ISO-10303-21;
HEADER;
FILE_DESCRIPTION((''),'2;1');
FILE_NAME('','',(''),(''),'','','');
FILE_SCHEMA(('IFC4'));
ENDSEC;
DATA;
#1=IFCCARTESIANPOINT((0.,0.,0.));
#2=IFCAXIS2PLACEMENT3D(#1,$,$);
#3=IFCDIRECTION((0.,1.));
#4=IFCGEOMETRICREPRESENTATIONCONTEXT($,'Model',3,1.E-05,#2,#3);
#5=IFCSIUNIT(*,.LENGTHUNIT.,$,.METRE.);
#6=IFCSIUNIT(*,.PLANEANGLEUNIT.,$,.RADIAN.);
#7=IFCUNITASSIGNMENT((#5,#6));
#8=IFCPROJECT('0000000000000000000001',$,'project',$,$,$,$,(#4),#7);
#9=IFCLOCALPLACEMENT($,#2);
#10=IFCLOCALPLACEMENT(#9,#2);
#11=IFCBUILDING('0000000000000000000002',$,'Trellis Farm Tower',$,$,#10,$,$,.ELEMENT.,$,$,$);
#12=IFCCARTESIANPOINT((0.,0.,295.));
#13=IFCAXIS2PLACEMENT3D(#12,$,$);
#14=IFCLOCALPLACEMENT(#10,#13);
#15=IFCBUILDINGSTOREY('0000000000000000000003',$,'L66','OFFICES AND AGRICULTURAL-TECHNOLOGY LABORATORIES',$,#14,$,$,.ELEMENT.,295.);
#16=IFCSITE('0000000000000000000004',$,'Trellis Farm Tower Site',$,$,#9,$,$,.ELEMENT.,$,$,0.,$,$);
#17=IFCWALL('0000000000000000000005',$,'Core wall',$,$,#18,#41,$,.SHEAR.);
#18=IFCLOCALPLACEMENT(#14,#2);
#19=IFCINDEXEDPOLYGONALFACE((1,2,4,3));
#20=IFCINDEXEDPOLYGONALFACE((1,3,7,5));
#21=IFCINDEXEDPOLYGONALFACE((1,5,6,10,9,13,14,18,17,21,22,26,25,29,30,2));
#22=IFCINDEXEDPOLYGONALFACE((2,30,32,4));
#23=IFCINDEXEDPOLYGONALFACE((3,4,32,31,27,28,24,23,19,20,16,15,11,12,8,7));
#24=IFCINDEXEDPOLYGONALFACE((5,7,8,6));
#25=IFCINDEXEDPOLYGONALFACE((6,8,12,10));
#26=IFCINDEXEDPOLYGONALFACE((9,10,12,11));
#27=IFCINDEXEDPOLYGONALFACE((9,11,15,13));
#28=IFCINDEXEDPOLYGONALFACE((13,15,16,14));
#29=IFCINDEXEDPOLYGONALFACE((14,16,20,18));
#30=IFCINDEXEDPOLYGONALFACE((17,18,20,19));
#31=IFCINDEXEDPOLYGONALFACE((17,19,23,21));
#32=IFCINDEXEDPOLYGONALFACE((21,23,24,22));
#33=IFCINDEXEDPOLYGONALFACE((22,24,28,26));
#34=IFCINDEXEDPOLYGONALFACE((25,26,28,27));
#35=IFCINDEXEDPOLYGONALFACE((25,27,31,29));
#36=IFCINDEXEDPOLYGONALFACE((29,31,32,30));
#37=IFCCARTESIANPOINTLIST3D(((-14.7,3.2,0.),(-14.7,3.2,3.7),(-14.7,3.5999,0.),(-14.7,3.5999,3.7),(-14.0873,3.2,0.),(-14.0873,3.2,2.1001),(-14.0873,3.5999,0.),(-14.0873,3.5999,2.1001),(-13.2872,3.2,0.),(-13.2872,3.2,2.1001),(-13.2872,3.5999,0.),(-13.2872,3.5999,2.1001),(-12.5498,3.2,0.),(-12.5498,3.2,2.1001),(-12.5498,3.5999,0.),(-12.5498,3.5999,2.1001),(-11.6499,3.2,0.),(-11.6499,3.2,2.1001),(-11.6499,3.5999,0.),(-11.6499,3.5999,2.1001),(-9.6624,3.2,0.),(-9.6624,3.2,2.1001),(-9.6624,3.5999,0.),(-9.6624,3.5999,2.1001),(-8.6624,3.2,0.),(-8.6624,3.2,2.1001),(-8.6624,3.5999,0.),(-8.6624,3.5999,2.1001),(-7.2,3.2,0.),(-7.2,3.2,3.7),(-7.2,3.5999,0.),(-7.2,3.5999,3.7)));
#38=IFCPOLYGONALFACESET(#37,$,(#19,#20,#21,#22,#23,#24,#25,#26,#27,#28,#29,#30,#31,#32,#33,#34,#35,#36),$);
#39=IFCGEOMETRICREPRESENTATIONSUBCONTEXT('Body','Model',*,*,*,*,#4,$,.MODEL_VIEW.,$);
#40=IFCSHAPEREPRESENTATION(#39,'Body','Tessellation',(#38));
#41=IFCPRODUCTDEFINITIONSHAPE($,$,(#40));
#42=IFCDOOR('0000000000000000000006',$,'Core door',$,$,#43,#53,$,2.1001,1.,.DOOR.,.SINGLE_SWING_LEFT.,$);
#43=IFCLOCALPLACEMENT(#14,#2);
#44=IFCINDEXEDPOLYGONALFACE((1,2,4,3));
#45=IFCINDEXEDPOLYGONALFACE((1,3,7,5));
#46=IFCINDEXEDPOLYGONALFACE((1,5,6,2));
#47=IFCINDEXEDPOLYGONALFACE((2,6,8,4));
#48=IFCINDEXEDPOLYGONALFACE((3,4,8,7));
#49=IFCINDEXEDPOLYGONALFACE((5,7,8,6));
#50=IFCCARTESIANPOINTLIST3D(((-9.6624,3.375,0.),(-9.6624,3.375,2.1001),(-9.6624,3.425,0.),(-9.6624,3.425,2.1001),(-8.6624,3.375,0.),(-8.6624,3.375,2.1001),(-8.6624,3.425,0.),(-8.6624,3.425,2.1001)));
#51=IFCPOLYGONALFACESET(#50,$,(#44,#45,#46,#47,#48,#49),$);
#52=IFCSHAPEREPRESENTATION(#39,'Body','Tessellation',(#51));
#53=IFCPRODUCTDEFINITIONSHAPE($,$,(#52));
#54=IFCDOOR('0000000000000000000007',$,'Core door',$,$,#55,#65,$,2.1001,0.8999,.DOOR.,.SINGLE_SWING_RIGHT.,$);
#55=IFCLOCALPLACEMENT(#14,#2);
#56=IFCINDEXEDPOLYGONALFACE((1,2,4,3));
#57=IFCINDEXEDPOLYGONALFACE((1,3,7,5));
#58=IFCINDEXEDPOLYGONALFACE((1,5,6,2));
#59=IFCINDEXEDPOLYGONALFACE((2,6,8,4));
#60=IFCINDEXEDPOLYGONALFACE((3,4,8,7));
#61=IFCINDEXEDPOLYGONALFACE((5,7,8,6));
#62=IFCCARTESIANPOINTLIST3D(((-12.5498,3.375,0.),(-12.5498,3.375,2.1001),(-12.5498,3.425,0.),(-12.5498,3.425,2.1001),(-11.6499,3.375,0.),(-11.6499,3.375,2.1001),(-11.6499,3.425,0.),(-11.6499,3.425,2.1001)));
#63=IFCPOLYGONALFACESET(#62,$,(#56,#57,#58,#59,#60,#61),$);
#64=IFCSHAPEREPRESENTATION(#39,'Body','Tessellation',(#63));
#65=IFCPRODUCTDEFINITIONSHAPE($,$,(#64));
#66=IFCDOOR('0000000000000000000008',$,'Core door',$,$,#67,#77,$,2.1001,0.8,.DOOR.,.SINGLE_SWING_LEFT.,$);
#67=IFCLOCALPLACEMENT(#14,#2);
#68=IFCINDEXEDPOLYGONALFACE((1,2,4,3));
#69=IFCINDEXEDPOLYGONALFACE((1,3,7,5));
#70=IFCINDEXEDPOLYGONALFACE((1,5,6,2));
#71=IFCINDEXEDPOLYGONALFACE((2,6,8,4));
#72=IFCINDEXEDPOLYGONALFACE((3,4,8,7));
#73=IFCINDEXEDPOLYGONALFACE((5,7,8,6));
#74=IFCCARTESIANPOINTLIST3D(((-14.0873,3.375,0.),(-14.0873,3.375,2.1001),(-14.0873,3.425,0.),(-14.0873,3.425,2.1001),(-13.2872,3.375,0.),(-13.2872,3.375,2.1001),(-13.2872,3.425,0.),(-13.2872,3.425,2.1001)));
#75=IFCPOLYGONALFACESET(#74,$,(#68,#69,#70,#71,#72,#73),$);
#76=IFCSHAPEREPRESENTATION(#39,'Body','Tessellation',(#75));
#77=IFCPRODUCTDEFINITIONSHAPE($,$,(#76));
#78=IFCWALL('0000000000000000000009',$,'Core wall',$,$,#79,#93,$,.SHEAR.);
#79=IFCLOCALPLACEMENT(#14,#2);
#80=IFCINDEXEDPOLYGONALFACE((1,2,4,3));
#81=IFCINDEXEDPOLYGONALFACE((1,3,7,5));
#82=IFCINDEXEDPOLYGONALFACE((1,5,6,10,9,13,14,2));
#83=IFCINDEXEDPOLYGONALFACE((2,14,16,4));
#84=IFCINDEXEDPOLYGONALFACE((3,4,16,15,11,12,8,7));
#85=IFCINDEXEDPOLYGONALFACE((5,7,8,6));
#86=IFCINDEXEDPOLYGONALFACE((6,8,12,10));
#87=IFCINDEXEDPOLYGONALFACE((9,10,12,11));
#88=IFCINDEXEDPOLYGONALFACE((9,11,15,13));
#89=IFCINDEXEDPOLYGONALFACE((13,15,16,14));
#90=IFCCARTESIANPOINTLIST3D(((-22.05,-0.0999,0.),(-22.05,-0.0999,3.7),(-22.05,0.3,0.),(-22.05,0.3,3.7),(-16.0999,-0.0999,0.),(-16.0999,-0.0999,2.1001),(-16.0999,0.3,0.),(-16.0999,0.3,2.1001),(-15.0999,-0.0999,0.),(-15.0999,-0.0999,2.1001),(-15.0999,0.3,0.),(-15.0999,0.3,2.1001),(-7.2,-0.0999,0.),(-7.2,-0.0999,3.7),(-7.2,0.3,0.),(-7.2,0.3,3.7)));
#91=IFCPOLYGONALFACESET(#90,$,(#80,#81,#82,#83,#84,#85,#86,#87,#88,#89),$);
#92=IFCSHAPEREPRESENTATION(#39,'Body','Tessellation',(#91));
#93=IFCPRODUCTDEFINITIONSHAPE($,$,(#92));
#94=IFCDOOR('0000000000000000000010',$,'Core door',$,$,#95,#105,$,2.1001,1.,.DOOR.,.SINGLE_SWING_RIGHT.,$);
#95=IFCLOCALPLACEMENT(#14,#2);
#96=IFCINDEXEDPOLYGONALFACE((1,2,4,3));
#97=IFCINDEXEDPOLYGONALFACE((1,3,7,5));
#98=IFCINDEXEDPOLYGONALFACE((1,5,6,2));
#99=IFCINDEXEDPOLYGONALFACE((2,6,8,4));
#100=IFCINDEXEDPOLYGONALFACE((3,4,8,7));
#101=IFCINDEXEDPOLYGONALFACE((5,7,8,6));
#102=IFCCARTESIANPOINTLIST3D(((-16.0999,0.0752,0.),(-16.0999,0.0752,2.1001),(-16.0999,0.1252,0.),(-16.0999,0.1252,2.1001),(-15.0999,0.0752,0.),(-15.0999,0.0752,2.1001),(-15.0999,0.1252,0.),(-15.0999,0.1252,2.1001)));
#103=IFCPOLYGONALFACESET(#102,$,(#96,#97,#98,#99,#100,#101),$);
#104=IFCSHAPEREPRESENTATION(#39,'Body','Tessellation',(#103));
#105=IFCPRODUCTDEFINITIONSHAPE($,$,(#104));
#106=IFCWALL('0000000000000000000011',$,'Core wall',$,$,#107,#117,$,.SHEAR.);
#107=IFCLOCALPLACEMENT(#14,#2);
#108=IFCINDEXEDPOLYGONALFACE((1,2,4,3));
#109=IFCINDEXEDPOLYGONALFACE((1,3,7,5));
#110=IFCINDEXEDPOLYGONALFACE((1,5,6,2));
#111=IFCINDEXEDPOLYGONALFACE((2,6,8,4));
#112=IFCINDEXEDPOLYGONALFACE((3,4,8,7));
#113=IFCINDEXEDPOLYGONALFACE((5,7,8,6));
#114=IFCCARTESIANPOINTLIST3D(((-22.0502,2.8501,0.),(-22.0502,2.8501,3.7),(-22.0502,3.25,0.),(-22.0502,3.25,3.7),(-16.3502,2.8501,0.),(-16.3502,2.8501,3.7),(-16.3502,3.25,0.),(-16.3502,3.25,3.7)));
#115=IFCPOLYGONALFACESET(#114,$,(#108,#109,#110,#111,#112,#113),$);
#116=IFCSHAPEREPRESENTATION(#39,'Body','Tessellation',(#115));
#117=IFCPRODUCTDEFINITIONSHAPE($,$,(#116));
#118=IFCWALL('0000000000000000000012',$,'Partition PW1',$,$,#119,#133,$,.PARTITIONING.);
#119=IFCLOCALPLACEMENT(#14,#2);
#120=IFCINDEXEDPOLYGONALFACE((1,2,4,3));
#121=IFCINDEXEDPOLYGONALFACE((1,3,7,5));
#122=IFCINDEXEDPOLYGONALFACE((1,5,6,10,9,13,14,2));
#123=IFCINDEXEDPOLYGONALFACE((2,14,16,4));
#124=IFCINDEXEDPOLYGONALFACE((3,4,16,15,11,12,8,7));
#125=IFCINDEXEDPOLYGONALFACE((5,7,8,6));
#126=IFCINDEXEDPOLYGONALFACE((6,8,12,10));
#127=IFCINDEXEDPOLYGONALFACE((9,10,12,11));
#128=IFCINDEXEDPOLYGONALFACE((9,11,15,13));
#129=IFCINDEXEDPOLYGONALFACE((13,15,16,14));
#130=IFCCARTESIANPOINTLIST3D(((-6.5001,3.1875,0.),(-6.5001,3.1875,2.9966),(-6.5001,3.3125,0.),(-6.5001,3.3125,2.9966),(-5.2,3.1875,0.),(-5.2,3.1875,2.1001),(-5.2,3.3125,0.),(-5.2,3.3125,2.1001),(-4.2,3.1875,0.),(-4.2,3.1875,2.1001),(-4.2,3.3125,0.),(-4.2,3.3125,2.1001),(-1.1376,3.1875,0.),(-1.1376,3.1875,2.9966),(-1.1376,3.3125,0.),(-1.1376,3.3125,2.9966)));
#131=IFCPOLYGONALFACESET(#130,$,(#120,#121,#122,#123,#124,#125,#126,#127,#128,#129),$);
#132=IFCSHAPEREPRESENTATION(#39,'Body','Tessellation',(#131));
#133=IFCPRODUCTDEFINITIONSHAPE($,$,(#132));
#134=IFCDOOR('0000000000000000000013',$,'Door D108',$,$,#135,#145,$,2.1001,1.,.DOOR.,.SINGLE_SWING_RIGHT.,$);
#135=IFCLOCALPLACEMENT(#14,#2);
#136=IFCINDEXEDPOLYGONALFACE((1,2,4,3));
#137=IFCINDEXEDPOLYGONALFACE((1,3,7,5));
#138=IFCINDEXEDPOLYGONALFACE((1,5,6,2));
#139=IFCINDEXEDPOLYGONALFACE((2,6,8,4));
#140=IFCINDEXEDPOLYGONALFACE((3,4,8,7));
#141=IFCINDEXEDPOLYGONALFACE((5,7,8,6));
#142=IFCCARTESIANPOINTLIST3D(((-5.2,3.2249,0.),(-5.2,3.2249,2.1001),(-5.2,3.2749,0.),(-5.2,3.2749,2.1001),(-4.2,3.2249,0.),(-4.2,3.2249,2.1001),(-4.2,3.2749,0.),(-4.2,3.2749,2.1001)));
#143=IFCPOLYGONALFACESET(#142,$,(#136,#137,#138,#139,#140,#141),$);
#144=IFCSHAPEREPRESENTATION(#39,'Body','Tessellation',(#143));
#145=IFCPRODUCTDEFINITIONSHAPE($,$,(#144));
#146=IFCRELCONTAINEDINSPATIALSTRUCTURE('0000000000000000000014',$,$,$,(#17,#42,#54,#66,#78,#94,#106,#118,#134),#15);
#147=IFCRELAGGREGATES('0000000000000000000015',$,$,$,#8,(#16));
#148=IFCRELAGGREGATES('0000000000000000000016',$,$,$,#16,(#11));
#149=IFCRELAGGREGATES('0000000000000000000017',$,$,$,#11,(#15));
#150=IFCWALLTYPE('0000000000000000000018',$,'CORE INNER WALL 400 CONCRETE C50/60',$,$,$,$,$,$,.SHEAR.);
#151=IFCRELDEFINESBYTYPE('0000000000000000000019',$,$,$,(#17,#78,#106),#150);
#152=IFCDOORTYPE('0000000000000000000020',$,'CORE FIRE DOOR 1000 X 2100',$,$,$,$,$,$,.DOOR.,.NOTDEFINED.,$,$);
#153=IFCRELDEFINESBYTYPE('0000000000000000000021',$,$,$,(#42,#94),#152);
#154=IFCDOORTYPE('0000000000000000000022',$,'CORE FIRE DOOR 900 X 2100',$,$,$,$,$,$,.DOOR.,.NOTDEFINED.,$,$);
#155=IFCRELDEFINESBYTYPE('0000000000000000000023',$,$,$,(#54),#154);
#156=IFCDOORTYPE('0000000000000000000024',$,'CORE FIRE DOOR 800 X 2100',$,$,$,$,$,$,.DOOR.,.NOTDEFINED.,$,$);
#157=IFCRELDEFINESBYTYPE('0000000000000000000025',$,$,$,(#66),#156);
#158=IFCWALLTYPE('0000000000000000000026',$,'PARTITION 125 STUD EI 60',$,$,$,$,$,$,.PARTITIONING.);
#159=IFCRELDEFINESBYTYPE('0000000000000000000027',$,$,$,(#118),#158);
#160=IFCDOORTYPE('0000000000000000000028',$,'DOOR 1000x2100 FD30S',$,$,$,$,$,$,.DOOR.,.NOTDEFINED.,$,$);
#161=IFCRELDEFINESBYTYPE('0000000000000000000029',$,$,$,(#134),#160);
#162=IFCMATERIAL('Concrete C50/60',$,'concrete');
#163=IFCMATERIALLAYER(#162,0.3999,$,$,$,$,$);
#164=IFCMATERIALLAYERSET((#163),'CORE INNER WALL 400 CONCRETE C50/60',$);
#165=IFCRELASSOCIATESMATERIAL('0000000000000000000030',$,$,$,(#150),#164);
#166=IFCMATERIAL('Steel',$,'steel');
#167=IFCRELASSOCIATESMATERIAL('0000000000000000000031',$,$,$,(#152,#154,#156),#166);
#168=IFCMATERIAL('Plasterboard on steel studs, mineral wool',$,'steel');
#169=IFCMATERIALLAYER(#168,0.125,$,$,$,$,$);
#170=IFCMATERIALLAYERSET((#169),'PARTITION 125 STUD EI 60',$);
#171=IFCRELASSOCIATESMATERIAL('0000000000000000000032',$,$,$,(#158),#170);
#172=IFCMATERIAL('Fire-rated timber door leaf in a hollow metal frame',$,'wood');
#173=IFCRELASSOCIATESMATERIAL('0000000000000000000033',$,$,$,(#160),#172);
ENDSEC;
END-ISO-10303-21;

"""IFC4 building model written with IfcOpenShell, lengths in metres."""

from ifc_helpers import new_model, si_unit, direction, frame, frame_2d, origin, place, context, subcontext, project, spatial, rectangle, extrude, source, transform, mapped, material, layer, layer_set, type_object, element, fill, save


model = new_model("IFC4")

# Units and contexts
model_context = context("Model", 3, precision=1e-05, world=origin(), true_north=direction((0.0, 1.0)))
body_context = subcontext(model_context, "Body", "Model", "MODEL_VIEW")
ifc_project = project(units=[si_unit("LENGTHUNIT", "METRE"), si_unit("PLANEANGLEUNIT", "RADIAN")], contexts=[model_context])

# Site, building, storey
site_placement = place(None, origin())
site = spatial("IfcSite", under=ifc_project, at=site_placement, Name="Trellis Farm Tower Site", CompositionType="ELEMENT", RefElevation=0.0)
building_placement = place(site_placement, origin())
building = spatial("IfcBuilding", under=site, at=building_placement, Name="Trellis Farm Tower", CompositionType="ELEMENT")
storey_placement = place(building_placement, frame((0.0, 0.0, 295.0)))
storey = spatial("IfcBuildingStorey", under=building, at=storey_placement, Name="L66", Description="OFFICES AND AGRICULTURAL-TECHNOLOGY LABORATORIES", CompositionType="ELEMENT", Elevation=295.0)

# Wall, openings, doors
ifc_material_1 = material(Name="Concrete C50/60", Category="concrete")
ifc_layer_1 = layer(ifc_material_1, 0.3999)
ifc_layer_set_1 = layer_set([ifc_layer_1], Name="CORE INNER WALL 400 CONCRETE C50/60")
wall_type_1 = type_object("IfcWallType", Name="CORE INNER WALL 400 CONCRETE C50/60", PredefinedType="SHEAR", material=ifc_layer_set_1)
shared_shape_1 = source(origin(), body_context, "Body", "SweptSolid", [
    extrude(rectangle(XDim=7.5, YDim=0.3999, at=frame_2d((3.75, 0.0))), origin(), (0.0, 0.0, 1.0), 3.7),
])
wall_1_placement = place(storey_placement, frame((-7.2, 3.3999, 0.0), z_axis=(0.0, 0.0, 1.0), x_axis=(-1.0, 0.0, 0.0)))
wall_1 = element("IfcWall", 1, at=wall_1_placement, inside=storey, type_object=wall_type_1, Name="Core wall", PredefinedType="SHEAR", context=body_context, shape_type="MappedRepresentation", body=[
    mapped(shared_shape_1, transform((0.0, 0.0, 0.0))),
])
shared_shape_2 = source(origin(), body_context, "Body", "SweptSolid", [
    extrude(rectangle(XDim=1.0, YDim=2.1001, at=frame_2d((0.5, 1.05))), frame((0.0, 0.21, 0.0), z_axis=(0.0, -1.0, 0.0), x_axis=(1.0, 0.0, 0.0)), (0.0, 0.0, 1.0), 0.4199),
])
opening_1_placement = place(wall_1_placement, frame((1.4624, 0.0, 0.0)))
opening_1 = element("IfcOpeningElement", 2, at=opening_1_placement, cuts=wall_1, PredefinedType="OPENING", context=body_context, shape_type="MappedRepresentation", body=[
    mapped(shared_shape_2, transform((0.0, 0.0, 0.0))),
])
shared_shape_3 = source(origin(), body_context, "Body", "SweptSolid", [
    extrude(rectangle(XDim=0.8999, YDim=2.1001, at=frame_2d((0.45, 1.05))), frame((0.0, 0.21, 0.0), z_axis=(0.0, -1.0, 0.0), x_axis=(1.0, 0.0, 0.0)), (0.0, 0.0, 1.0), 0.4199),
])
opening_2_placement = place(wall_1_placement, frame((4.45, 0.0, 0.0)))
opening_2 = element("IfcOpeningElement", 3, at=opening_2_placement, cuts=wall_1, PredefinedType="OPENING", context=body_context, shape_type="MappedRepresentation", body=[
    mapped(shared_shape_3, transform((0.0, 0.0, 0.0))),
])
shared_shape_4 = source(origin(), body_context, "Body", "SweptSolid", [
    extrude(rectangle(XDim=0.8, YDim=2.1001, at=frame_2d((0.3999, 1.05))), frame((0.0, 0.21, 0.0), z_axis=(0.0, -1.0, 0.0), x_axis=(1.0, 0.0, 0.0)), (0.0, 0.0, 1.0), 0.4199),
])
opening_3_placement = place(wall_1_placement, frame((6.0874, 0.0, 0.0)))
opening_3 = element("IfcOpeningElement", 4, at=opening_3_placement, cuts=wall_1, PredefinedType="OPENING", context=body_context, shape_type="MappedRepresentation", body=[
    mapped(shared_shape_4, transform((0.0, 0.0, 0.0))),
])
ifc_material_2 = material(Name="Steel", Category="steel")
door_type_1 = type_object("IfcDoorType", Name="CORE FIRE DOOR 1000 X 2100", OperationType="NOTDEFINED", PredefinedType="DOOR", material=ifc_material_2)
shared_shape_5 = source(origin(), body_context, "Body", "SweptSolid", [
    extrude(rectangle(XDim=1.0, YDim=2.1001, at=frame_2d((0.5, 1.05))), frame((0.0, 0.0249, 0.0), z_axis=(0.0, -1.0, 0.0), x_axis=(1.0, 0.0, 0.0)), (0.0, 0.0, 1.0), 0.05),
])
door_1_placement = place(opening_1_placement, origin())
door_1 = element("IfcDoor", 5, at=door_1_placement, inside=storey, type_object=door_type_1, Name="Core door", OperationType="SINGLE_SWING_LEFT", OverallHeight=2.1001, OverallWidth=1.0, PredefinedType="DOOR", context=body_context, shape_type="MappedRepresentation", body=[
    mapped(shared_shape_5, transform((0.0, 0.0, 0.0))),
])
fill(opening_1, door_1)
door_type_2 = type_object("IfcDoorType", Name="CORE FIRE DOOR 900 X 2100", OperationType="NOTDEFINED", PredefinedType="DOOR", material=ifc_material_2)
shared_shape_6 = source(origin(), body_context, "Body", "SweptSolid", [
    extrude(rectangle(XDim=0.8999, YDim=2.1001, at=frame_2d((0.45, 1.05))), frame((0.0, 0.0249, 0.0), z_axis=(0.0, -1.0, 0.0), x_axis=(1.0, 0.0, 0.0)), (0.0, 0.0, 1.0), 0.05),
])
door_2_placement = place(opening_2_placement, origin())
door_2 = element("IfcDoor", 6, at=door_2_placement, inside=storey, type_object=door_type_2, Name="Core door", OperationType="SINGLE_SWING_RIGHT", OverallHeight=2.1001, OverallWidth=0.8999, PredefinedType="DOOR", context=body_context, shape_type="MappedRepresentation", body=[
    mapped(shared_shape_6, transform((0.0, 0.0, 0.0))),
])
fill(opening_2, door_2)
door_type_3 = type_object("IfcDoorType", Name="CORE FIRE DOOR 800 X 2100", OperationType="NOTDEFINED", PredefinedType="DOOR", material=ifc_material_2)
shared_shape_7 = source(origin(), body_context, "Body", "SweptSolid", [
    extrude(rectangle(XDim=0.8, YDim=2.1001, at=frame_2d((0.3999, 1.05))), frame((0.0, 0.0249, 0.0), z_axis=(0.0, -1.0, 0.0), x_axis=(1.0, 0.0, 0.0)), (0.0, 0.0, 1.0), 0.05),
])
door_3_placement = place(opening_3_placement, origin())
door_3 = element("IfcDoor", 7, at=door_3_placement, inside=storey, type_object=door_type_3, Name="Core door", OperationType="SINGLE_SWING_LEFT", OverallHeight=2.1001, OverallWidth=0.8, PredefinedType="DOOR", context=body_context, shape_type="MappedRepresentation", body=[
    mapped(shared_shape_7, transform((0.0, 0.0, 0.0))),
])
fill(opening_3, door_3)

# Wall, opening, door
shared_shape_8 = source(origin(), body_context, "Body", "SweptSolid", [
    extrude(rectangle(XDim=14.8501, YDim=0.3999, at=frame_2d((7.425, 0.0))), origin(), (0.0, 0.0, 1.0), 3.7),
])
wall_2_placement = place(storey_placement, frame((-7.2, 0.1001, 0.0), z_axis=(0.0, 0.0, 1.0), x_axis=(-1.0, 0.0, 0.0)))
wall_2 = element("IfcWall", 8, at=wall_2_placement, inside=storey, type_object=wall_type_1, Name="Core wall", PredefinedType="SHEAR", context=body_context, shape_type="MappedRepresentation", body=[
    mapped(shared_shape_8, transform((0.0, 0.0, 0.0))),
])
opening_4_placement = place(wall_2_placement, frame((7.8999, 0.0, 0.0)))
opening_4 = element("IfcOpeningElement", 9, at=opening_4_placement, cuts=wall_2, PredefinedType="OPENING", context=body_context, shape_type="MappedRepresentation", body=[
    mapped(shared_shape_2, transform((0.0, 0.0, 0.0))),
])
door_4_placement = place(opening_4_placement, origin())
door_4 = element("IfcDoor", 10, at=door_4_placement, inside=storey, type_object=door_type_1, Name="Core door", OperationType="SINGLE_SWING_RIGHT", OverallHeight=2.1001, OverallWidth=1.0, PredefinedType="DOOR", context=body_context, shape_type="MappedRepresentation", body=[
    mapped(shared_shape_5, transform((0.0, 0.0, 0.0))),
])
fill(opening_4, door_4)

# Wall
shared_shape_9 = source(origin(), body_context, "Body", "SweptSolid", [
    extrude(rectangle(XDim=5.7, YDim=0.3999, at=frame_2d((2.8501, 0.0))), origin(), (0.0, 0.0, 1.0), 3.7),
])
wall_3_placement = place(storey_placement, frame((-16.3501, 3.05, 0.0), z_axis=(0.0, 0.0, 1.0), x_axis=(-1.0, 0.0, 0.0)))
element("IfcWall", 11, at=wall_3_placement, inside=storey, type_object=wall_type_1, Name="Core wall", PredefinedType="SHEAR", context=body_context, shape_type="MappedRepresentation", body=[
    mapped(shared_shape_9, transform((0.0, 0.0, 0.0))),
])

# Wall, opening, door
ifc_material_3 = material(Name="Plasterboard on steel studs, mineral wool", Category="steel")
ifc_layer_2 = layer(ifc_material_3, 0.125)
ifc_layer_set_2 = layer_set([ifc_layer_2], Name="PARTITION 125 STUD EI 60")
wall_type_2 = type_object("IfcWallType", Name="PARTITION 125 STUD EI 60", PredefinedType="PARTITIONING", material=ifc_layer_set_2)
shared_shape_10 = source(origin(), body_context, "Body", "SweptSolid", [
    extrude(rectangle(XDim=5.3625, YDim=0.125, at=frame_2d((2.6812, 0.0))), origin(), (0.0, 0.0, 1.0), 2.9966),
])
wall_4_placement = place(storey_placement, frame((-6.5, 3.25, 0.0), z_axis=(0.0, 0.0, 1.0), x_axis=(1.0, 0.0, 0.0)))
wall_4 = element("IfcWall", 12, at=wall_4_placement, inside=storey, type_object=wall_type_2, Name="Partition PW1", PredefinedType="PARTITIONING", context=body_context, shape_type="MappedRepresentation", body=[
    mapped(shared_shape_10, transform((0.0, 0.0, 0.0))),
])
shared_shape_11 = source(origin(), body_context, "Body", "SweptSolid", [
    extrude(rectangle(XDim=1.0, YDim=2.1001, at=frame_2d((0.5, 1.05))), frame((0.0, 0.0725, 0.0), z_axis=(0.0, -1.0, 0.0), x_axis=(1.0, 0.0, 0.0)), (0.0, 0.0, 1.0), 0.145),
])
opening_5_placement = place(wall_4_placement, frame((1.3, 0.0, 0.0)))
opening_5 = element("IfcOpeningElement", 13, at=opening_5_placement, cuts=wall_4, PredefinedType="OPENING", context=body_context, shape_type="MappedRepresentation", body=[
    mapped(shared_shape_11, transform((0.0, 0.0, 0.0))),
])
ifc_material_4 = material(Name="Fire-rated timber door leaf in a hollow metal frame", Category="wood")
door_type_4 = type_object("IfcDoorType", Name="DOOR 1000x2100 FD30S", OperationType="NOTDEFINED", PredefinedType="DOOR", material=ifc_material_4)
door_5_placement = place(opening_5_placement, origin())
door_5 = element("IfcDoor", 14, at=door_5_placement, inside=storey, type_object=door_type_4, Name="Door D108", OperationType="SINGLE_SWING_RIGHT", OverallHeight=2.1001, OverallWidth=1.0, PredefinedType="DOOR", context=body_context, shape_type="MappedRepresentation", body=[
    mapped(shared_shape_5, transform((0.0, 0.0, 0.0))),
])
fill(opening_5, door_5)

save(model, "model.ifc")
